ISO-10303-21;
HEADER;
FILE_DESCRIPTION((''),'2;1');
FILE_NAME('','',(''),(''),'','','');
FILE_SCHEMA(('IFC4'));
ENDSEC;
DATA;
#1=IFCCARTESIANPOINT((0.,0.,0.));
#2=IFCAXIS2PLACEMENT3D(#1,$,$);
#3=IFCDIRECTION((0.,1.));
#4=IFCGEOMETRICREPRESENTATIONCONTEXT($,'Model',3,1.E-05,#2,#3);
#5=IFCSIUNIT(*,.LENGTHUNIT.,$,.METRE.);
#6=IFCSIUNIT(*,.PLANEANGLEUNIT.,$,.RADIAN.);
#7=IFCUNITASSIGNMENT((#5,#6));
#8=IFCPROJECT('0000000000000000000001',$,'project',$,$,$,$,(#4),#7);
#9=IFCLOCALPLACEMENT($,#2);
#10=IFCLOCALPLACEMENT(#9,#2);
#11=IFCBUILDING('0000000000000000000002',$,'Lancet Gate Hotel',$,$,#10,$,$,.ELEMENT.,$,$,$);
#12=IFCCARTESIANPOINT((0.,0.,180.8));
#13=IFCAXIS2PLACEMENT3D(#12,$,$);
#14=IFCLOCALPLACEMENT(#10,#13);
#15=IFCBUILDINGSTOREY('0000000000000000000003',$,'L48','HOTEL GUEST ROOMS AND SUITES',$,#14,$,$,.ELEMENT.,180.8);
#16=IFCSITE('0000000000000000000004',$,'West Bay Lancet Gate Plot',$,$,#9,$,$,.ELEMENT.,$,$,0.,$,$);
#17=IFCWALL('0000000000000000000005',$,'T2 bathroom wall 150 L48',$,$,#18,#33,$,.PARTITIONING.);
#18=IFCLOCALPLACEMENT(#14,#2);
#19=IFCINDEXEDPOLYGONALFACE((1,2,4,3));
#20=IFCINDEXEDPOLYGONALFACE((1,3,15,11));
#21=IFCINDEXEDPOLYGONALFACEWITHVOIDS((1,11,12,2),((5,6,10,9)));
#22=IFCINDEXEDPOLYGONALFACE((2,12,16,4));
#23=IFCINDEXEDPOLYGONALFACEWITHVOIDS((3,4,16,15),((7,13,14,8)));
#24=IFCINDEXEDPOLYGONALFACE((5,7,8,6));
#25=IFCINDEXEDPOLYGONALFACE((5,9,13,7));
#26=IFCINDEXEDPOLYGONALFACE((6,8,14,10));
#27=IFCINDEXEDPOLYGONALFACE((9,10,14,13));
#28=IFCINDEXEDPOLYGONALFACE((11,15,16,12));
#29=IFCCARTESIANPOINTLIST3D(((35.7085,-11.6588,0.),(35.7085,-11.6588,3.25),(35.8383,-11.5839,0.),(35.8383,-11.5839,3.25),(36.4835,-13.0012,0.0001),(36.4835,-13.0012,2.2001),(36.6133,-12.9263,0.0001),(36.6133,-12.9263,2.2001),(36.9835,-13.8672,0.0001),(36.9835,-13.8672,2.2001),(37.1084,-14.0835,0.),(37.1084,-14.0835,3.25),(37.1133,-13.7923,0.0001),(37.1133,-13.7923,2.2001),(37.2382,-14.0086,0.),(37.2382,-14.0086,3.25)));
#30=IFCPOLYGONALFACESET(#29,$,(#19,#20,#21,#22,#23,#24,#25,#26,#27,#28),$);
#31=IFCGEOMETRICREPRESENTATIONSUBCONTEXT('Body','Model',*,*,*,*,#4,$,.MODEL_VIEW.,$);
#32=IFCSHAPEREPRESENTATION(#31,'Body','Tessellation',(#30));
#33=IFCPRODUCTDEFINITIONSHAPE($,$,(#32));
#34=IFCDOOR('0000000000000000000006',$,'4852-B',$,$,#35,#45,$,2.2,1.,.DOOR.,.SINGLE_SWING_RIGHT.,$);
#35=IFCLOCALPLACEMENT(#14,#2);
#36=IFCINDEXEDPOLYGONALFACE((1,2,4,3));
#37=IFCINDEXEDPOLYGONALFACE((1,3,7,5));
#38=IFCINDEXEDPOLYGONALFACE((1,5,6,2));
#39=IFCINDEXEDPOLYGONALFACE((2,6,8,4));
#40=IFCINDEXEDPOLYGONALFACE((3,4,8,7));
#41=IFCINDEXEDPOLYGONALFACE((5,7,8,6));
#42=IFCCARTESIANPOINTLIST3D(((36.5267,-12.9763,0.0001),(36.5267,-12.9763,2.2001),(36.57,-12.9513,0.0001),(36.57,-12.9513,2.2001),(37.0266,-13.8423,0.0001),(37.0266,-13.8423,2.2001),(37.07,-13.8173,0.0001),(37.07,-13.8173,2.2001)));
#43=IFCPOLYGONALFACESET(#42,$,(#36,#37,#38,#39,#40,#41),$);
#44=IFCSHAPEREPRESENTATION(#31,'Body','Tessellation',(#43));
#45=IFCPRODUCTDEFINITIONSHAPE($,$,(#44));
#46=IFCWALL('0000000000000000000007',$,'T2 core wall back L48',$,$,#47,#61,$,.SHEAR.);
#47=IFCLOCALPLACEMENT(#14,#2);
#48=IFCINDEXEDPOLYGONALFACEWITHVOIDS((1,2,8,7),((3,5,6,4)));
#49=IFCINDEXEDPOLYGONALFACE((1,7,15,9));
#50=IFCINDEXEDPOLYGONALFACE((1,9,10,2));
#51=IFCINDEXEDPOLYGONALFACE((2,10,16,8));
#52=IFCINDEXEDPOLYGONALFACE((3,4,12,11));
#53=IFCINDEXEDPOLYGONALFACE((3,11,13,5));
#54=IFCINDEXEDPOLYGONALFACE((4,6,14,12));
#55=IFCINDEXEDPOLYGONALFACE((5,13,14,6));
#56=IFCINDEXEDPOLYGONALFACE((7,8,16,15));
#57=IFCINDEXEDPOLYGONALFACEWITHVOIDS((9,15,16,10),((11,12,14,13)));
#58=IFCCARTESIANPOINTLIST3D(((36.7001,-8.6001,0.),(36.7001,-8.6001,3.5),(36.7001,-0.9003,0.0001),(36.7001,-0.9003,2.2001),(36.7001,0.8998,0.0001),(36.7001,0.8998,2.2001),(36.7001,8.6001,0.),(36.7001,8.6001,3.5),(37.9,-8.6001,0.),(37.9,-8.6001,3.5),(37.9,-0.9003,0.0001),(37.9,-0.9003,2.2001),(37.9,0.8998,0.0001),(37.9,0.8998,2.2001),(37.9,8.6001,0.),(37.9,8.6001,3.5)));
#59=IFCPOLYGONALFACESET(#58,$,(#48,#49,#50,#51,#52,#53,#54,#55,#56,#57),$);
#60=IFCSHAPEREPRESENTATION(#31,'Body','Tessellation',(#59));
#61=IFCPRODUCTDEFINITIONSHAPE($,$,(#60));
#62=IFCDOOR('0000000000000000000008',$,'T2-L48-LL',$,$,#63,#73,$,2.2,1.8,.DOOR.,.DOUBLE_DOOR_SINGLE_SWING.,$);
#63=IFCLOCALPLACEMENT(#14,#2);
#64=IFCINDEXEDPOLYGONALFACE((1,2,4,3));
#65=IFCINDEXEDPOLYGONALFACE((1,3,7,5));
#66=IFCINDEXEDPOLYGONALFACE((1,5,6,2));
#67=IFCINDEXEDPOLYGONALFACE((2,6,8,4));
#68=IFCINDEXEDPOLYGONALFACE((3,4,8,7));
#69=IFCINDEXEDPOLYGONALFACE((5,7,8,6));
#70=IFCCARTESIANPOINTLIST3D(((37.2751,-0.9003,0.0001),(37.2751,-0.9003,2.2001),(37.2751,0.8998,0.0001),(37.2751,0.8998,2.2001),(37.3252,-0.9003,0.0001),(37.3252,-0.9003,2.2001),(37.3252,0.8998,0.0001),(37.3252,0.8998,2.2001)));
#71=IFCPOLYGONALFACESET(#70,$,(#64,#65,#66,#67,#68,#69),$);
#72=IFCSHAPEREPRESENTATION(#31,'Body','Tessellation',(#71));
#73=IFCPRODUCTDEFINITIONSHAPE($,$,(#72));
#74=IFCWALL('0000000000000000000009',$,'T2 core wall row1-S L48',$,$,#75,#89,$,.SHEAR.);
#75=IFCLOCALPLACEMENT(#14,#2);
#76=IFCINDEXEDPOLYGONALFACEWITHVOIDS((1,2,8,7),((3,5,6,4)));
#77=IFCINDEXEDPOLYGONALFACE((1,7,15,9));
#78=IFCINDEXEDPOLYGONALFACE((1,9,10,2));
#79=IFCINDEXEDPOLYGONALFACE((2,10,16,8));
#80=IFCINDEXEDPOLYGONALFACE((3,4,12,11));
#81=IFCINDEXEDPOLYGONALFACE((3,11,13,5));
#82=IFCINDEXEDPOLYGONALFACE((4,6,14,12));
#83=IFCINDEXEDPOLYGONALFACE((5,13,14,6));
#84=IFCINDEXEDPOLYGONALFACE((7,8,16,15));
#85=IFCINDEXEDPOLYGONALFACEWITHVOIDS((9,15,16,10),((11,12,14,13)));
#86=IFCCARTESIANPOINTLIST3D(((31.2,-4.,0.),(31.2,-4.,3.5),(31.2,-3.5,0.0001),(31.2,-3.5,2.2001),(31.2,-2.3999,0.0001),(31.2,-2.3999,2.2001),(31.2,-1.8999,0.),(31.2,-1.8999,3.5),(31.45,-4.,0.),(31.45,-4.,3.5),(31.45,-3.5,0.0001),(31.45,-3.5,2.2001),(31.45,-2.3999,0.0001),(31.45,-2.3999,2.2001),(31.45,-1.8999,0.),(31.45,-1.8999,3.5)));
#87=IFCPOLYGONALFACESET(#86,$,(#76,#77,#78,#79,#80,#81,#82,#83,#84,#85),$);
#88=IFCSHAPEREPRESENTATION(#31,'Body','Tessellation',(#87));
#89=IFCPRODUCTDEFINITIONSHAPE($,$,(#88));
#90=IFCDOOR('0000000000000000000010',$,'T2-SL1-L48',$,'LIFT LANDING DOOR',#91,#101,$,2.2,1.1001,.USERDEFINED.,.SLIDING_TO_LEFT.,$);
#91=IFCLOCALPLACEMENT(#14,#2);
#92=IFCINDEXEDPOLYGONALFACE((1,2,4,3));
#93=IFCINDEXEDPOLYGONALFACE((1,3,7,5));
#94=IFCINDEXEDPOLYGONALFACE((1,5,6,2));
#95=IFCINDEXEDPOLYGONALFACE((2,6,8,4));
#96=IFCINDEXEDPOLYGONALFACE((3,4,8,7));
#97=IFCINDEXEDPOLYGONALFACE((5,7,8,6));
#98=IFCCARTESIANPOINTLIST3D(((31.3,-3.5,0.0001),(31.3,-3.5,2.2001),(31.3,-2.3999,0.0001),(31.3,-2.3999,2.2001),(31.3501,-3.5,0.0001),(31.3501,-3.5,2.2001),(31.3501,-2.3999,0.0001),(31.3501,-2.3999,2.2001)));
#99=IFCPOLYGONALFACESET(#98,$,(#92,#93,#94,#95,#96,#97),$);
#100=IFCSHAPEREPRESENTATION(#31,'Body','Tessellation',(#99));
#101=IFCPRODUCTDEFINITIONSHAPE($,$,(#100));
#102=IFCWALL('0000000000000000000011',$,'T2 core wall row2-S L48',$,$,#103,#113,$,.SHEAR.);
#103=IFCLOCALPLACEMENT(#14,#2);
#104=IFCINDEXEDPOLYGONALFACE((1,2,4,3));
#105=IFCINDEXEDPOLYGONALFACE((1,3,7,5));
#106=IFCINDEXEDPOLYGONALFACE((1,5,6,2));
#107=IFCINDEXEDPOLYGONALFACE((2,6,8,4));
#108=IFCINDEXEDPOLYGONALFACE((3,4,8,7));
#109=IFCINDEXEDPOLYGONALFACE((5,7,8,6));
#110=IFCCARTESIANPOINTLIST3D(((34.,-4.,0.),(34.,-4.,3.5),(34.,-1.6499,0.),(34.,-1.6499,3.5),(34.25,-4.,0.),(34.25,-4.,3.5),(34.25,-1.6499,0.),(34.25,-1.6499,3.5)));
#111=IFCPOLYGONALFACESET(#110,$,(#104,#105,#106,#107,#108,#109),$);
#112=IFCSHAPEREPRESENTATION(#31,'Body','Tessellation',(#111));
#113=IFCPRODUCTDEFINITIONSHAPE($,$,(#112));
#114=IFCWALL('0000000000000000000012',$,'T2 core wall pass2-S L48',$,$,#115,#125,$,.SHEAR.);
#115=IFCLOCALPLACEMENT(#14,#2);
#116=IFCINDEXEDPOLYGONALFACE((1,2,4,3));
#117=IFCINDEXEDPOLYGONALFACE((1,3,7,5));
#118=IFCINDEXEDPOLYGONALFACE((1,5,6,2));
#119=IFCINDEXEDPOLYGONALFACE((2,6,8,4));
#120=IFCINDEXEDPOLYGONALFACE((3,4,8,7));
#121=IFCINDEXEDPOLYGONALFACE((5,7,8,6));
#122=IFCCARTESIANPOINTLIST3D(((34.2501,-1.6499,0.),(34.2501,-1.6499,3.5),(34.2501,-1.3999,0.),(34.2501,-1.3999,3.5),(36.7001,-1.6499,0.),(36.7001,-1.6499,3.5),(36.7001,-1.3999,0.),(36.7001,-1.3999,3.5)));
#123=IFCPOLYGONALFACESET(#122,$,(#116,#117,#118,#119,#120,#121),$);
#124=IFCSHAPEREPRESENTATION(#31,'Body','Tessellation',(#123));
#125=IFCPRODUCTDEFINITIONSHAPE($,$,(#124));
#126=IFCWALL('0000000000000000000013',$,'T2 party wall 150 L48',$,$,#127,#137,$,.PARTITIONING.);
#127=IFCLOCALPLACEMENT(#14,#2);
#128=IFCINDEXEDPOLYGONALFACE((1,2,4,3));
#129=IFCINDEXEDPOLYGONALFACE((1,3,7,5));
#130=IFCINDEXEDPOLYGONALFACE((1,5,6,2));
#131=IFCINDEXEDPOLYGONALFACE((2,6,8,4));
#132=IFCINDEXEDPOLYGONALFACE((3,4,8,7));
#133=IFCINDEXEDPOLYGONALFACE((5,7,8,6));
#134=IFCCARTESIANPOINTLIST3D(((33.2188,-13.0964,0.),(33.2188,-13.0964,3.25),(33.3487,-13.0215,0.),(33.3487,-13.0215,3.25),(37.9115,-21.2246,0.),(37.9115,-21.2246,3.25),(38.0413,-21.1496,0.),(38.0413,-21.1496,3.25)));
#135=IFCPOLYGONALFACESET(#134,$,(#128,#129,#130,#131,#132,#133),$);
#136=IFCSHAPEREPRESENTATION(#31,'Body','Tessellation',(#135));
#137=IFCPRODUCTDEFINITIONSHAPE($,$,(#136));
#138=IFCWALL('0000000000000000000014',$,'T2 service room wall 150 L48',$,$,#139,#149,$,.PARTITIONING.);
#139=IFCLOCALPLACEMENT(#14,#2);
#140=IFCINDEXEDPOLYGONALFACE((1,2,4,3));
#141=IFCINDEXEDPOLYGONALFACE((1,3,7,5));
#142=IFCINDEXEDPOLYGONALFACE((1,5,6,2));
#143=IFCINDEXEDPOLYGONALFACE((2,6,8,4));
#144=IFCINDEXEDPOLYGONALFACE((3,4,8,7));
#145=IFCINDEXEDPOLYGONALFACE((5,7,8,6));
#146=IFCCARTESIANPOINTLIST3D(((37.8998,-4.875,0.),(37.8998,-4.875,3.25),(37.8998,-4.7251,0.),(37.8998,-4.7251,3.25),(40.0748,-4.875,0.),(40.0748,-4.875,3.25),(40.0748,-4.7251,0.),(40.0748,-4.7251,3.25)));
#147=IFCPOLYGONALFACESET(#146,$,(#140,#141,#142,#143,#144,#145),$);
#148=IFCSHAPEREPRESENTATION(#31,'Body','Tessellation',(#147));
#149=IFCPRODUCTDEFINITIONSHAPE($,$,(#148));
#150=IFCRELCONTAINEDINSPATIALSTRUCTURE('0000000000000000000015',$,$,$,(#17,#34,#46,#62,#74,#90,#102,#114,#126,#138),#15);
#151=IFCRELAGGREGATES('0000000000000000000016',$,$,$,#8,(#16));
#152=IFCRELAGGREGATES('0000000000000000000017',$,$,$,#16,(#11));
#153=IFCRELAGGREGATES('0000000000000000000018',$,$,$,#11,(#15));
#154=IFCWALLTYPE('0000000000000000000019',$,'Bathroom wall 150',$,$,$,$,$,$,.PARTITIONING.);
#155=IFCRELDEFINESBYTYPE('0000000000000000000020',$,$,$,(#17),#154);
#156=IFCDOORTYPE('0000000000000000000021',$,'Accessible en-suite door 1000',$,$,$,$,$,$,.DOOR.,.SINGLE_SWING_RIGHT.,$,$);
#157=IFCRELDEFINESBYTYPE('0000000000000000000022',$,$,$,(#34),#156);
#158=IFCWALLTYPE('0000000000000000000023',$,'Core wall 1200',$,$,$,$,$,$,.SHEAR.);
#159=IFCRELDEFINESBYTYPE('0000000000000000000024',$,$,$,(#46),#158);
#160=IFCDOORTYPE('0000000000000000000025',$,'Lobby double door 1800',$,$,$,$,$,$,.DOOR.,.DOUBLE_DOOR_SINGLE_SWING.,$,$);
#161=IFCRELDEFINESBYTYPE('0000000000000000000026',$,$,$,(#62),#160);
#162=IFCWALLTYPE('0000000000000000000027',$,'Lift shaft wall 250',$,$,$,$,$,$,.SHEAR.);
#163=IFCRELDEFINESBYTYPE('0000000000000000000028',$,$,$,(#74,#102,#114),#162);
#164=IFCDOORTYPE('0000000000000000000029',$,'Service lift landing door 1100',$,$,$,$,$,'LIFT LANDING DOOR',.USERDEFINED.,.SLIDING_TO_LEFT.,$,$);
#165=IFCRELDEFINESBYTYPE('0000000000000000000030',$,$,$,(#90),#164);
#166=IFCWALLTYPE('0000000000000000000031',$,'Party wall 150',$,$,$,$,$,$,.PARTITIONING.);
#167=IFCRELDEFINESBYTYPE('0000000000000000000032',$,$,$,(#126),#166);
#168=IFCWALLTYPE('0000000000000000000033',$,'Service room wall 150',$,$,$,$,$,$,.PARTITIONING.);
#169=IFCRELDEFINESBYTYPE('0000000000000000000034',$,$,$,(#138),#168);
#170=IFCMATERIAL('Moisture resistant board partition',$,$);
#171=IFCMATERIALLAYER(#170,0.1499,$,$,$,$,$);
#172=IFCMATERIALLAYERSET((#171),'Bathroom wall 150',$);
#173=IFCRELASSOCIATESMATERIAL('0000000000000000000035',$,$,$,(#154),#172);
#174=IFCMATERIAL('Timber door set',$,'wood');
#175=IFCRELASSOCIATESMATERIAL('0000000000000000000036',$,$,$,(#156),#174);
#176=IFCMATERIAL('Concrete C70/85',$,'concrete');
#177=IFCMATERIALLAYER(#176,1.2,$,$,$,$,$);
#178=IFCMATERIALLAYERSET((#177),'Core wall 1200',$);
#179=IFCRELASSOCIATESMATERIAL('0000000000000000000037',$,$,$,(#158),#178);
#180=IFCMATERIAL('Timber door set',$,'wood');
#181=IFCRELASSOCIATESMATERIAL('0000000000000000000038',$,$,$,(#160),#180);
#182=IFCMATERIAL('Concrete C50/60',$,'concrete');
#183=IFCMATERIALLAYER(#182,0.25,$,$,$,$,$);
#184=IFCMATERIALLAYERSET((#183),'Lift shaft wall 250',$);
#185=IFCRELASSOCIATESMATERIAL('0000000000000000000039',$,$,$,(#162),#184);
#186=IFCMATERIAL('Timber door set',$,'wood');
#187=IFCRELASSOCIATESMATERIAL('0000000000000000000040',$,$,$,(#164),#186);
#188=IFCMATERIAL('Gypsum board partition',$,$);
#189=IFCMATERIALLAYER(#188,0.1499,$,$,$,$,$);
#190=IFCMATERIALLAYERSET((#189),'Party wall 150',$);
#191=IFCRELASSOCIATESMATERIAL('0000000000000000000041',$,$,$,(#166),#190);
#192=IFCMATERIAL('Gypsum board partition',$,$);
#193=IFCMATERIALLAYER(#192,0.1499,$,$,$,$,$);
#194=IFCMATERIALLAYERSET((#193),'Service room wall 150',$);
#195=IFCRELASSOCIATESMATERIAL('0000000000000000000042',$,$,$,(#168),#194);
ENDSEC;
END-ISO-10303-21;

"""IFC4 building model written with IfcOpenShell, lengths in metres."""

from ifc_helpers import new_model, si_unit, direction, frame, frame_2d, origin, place, context, subcontext, project, spatial, rectangle, extrude, material, layer, layer_set, type_object, element, fill, save


model = new_model("IFC4")

# Units and contexts
model_context = context("Model", 3, precision=1e-05, world=origin(), true_north=direction((0.0, 1.0)))
body_context = subcontext(model_context, "Body", "Model", "MODEL_VIEW")
ifc_project = project(units=[si_unit("LENGTHUNIT", "METRE"), si_unit("PLANEANGLEUNIT", "RADIAN")], contexts=[model_context])

# Site, building, storey
site_placement = place(None, origin())
site = spatial("IfcSite", under=ifc_project, at=site_placement, Name="West Bay Lancet Gate Plot", CompositionType="ELEMENT", RefElevation=0.0)
building_placement = place(site_placement, origin())
building = spatial("IfcBuilding", under=site, at=building_placement, Name="Lancet Gate Hotel", CompositionType="ELEMENT")
storey_placement = place(building_placement, frame((0.0, 0.0, 180.8)))
storey = spatial("IfcBuildingStorey", under=building, at=storey_placement, Name="L48", Description="HOTEL GUEST ROOMS AND SUITES", CompositionType="ELEMENT", Elevation=180.8)

# Walls, openings, doors
ifc_material_1 = material(Name="Moisture resistant board partition")
ifc_layer_1 = layer(ifc_material_1, 0.1499)
ifc_layer_set_1 = layer_set([ifc_layer_1], Name="Bathroom wall 150")
wall_type_1 = type_object("IfcWallType", Name="Bathroom wall 150", PredefinedType="PARTITIONING", material=ifc_layer_set_1)
wall_1_placement = place(storey_placement, frame((35.7734, -11.6213, 0.0), z_axis=(0.0, 0.0, 1.0), x_axis=(0.499984, -0.866035, 0.0)))
wall_1 = element("IfcWall", 1, at=wall_1_placement, inside=storey, type_object=wall_type_1, Name="T2 bathroom wall 150 L48", PredefinedType="PARTITIONING", context=body_context, shape_type="SweptSolid", body=[
    extrude(rectangle(XDim=2.7998, YDim=0.1499, at=frame_2d((1.3999, 0.0))), origin(), (0.0, 0.0, 1.0), 3.25),
])
opening_1_placement = place(wall_1_placement, frame((1.55, 0.0, 0.0)))
opening_1 = element("IfcOpeningElement", 2, at=opening_1_placement, cuts=wall_1, PredefinedType="OPENING", context=body_context, shape_type="SweptSolid", body=[
    extrude(rectangle(XDim=1.0, YDim=2.2, at=frame_2d((0.5, 1.1001))), frame((0.0, 0.085, 0.0), z_axis=(0.0, -1.0, 0.0), x_axis=(1.0, 0.0, 0.0)), (0.0, 0.0, 1.0), 0.1699),
])
ifc_material_2 = material(Name="Timber door set", Category="wood")
door_type_1 = type_object("IfcDoorType", Name="Accessible en-suite door 1000", OperationType="SINGLE_SWING_RIGHT", PredefinedType="DOOR", material=ifc_material_2)
door_1_placement = place(opening_1_placement, origin())
door_1 = element("IfcDoor", 3, at=door_1_placement, inside=storey, type_object=door_type_1, Name="4852-B", OperationType="SINGLE_SWING_RIGHT", OverallHeight=2.2, OverallWidth=1.0, PredefinedType="DOOR", context=body_context, shape_type="SweptSolid", body=[
    extrude(rectangle(XDim=1.0, YDim=2.2, at=frame_2d((0.5, 1.1001))), frame((0.0, 0.0249, 0.0), z_axis=(0.0, -1.0, 0.0), x_axis=(1.0, 0.0, 0.0)), (0.0, 0.0, 1.0), 0.05),
])
fill(opening_1, door_1)
ifc_material_3 = material(Name="Concrete C70/85", Category="concrete")
ifc_layer_2 = layer(ifc_material_3, 1.2)
ifc_layer_set_2 = layer_set([ifc_layer_2], Name="Core wall 1200")
wall_type_2 = type_object("IfcWallType", Name="Core wall 1200", PredefinedType="SHEAR", material=ifc_layer_set_2)
wall_2_placement = place(storey_placement, frame((37.3, -8.6001, 0.0), z_axis=(0.0, 0.0, 1.0), x_axis=(0.0, 1.0, 0.0)))
wall_2 = element("IfcWall", 4, at=wall_2_placement, inside=storey, type_object=wall_type_2, Name="T2 core wall back L48", PredefinedType="SHEAR", context=body_context, shape_type="SweptSolid", body=[
    extrude(rectangle(XDim=17.2002, YDim=1.2, at=frame_2d((8.6001, 0.0))), origin(), (0.0, 0.0, 1.0), 3.5),
])
opening_2_placement = place(wall_2_placement, frame((7.7, 0.0, 0.0)))
opening_2 = element("IfcOpeningElement", 5, at=opening_2_placement, cuts=wall_2, PredefinedType="OPENING", context=body_context, shape_type="SweptSolid", body=[
    extrude(rectangle(XDim=1.8, YDim=2.2, at=frame_2d((0.8999, 1.1001))), frame((0.0, 0.6099, 0.0), z_axis=(0.0, -1.0, 0.0), x_axis=(1.0, 0.0, 0.0)), (0.0, 0.0, 1.0), 1.22),
])
ifc_material_4 = material(Name="Timber door set", Category="wood")
door_type_2 = type_object("IfcDoorType", Name="Lobby double door 1800", OperationType="DOUBLE_DOOR_SINGLE_SWING", PredefinedType="DOOR", material=ifc_material_4)
door_2_placement = place(opening_2_placement, origin())
door_2 = element("IfcDoor", 6, at=door_2_placement, inside=storey, type_object=door_type_2, Name="T2-L48-LL", OperationType="DOUBLE_DOOR_SINGLE_SWING", OverallHeight=2.2, OverallWidth=1.8, PredefinedType="DOOR", context=body_context, shape_type="SweptSolid", body=[
    extrude(rectangle(XDim=1.8, YDim=2.2, at=frame_2d((0.8999, 1.1001))), frame((0.0, 0.0249, 0.0), z_axis=(0.0, -1.0, 0.0), x_axis=(1.0, 0.0, 0.0)), (0.0, 0.0, 1.0), 0.05),
])
fill(opening_2, door_2)
ifc_material_5 = material(Name="Concrete C50/60", Category="concrete")
ifc_layer_3 = layer(ifc_material_5, 0.25)
ifc_layer_set_3 = layer_set([ifc_layer_3], Name="Lift shaft wall 250")
wall_type_3 = type_object("IfcWallType", Name="Lift shaft wall 250", PredefinedType="SHEAR", material=ifc_layer_set_3)
wall_3_placement = place(storey_placement, frame((31.325, -4.0, 0.0), z_axis=(0.0, 0.0, 1.0), x_axis=(0.0, 1.0, 0.0)))
wall_3 = element("IfcWall", 7, at=wall_3_placement, inside=storey, type_object=wall_type_3, Name="T2 core wall row1-S L48", PredefinedType="SHEAR", context=body_context, shape_type="SweptSolid", body=[
    extrude(rectangle(XDim=2.1001, YDim=0.25, at=frame_2d((1.05, 0.0))), origin(), (0.0, 0.0, 1.0), 3.5),
])
opening_3_placement = place(wall_3_placement, frame((0.5, 0.0, 0.0)))
opening_3 = element("IfcOpeningElement", 8, at=opening_3_placement, cuts=wall_3, PredefinedType="OPENING", context=body_context, shape_type="SweptSolid", body=[
    extrude(rectangle(XDim=1.1001, YDim=2.2, at=frame_2d((0.55, 1.1001))), frame((0.0, 0.135, 0.0), z_axis=(0.0, -1.0, 0.0), x_axis=(1.0, 0.0, 0.0)), (0.0, 0.0, 1.0), 0.27),
])
ifc_material_6 = material(Name="Timber door set", Category="wood")
door_type_3 = type_object("IfcDoorType", Name="Service lift landing door 1100", ElementType="LIFT LANDING DOOR", OperationType="SLIDING_TO_LEFT", PredefinedType="USERDEFINED", material=ifc_material_6)
door_3_placement = place(opening_3_placement, origin())
door_3 = element("IfcDoor", 9, at=door_3_placement, inside=storey, type_object=door_type_3, Name="T2-SL1-L48", ObjectType="LIFT LANDING DOOR", OperationType="SLIDING_TO_LEFT", OverallHeight=2.2, OverallWidth=1.1001, PredefinedType="USERDEFINED", context=body_context, shape_type="SweptSolid", body=[
    extrude(rectangle(XDim=1.1001, YDim=2.2, at=frame_2d((0.55, 1.1001))), frame((0.0, 0.0249, 0.0), z_axis=(0.0, -1.0, 0.0), x_axis=(1.0, 0.0, 0.0)), (0.0, 0.0, 1.0), 0.05),
])
fill(opening_3, door_3)

# Walls
wall_4_placement = place(storey_placement, frame((34.125, -4.0, 0.0), z_axis=(0.0, 0.0, 1.0), x_axis=(0.0, 1.0, 0.0)))
element("IfcWall", 10, at=wall_4_placement, inside=storey, type_object=wall_type_3, Name="T2 core wall row2-S L48", PredefinedType="SHEAR", context=body_context, shape_type="SweptSolid", body=[
    extrude(rectangle(XDim=2.3501, YDim=0.25, at=frame_2d((1.175, 0.0))), origin(), (0.0, 0.0, 1.0), 3.5),
])
wall_5_placement = place(storey_placement, frame((34.25, -1.5249, 0.0), z_axis=(0.0, 0.0, 1.0), x_axis=(1.0, 0.0, 0.0)))
element("IfcWall", 11, at=wall_5_placement, inside=storey, type_object=wall_type_3, Name="T2 core wall pass2-S L48", PredefinedType="SHEAR", context=body_context, shape_type="SweptSolid", body=[
    extrude(rectangle(XDim=2.45, YDim=0.25, at=frame_2d((1.2251, 0.0))), origin(), (0.0, 0.0, 1.0), 3.5),
])
ifc_material_7 = material(Name="Gypsum board partition")
ifc_layer_4 = layer(ifc_material_7, 0.1499)
ifc_layer_set_4 = layer_set([ifc_layer_4], Name="Party wall 150")
wall_type_4 = type_object("IfcWallType", Name="Party wall 150", PredefinedType="PARTITIONING", material=ifc_layer_set_4)
wall_6_placement = place(storey_placement, frame((33.2837, -13.0588, 0.0), z_axis=(0.0, 0.0, 1.0), x_axis=(0.499986, -0.866034, 0.0)))
element("IfcWall", 12, at=wall_6_placement, inside=storey, type_object=wall_type_4, Name="T2 party wall 150 L48", PredefinedType="PARTITIONING", context=body_context, shape_type="SweptSolid", body=[
    extrude(rectangle(XDim=9.3855, YDim=0.1499, at=frame_2d((4.6929, 0.0))), origin(), (0.0, 0.0, 1.0), 3.25),
])
ifc_material_8 = material(Name="Gypsum board partition")
ifc_layer_5 = layer(ifc_material_8, 0.1499)
ifc_layer_set_5 = layer_set([ifc_layer_5], Name="Service room wall 150")
wall_type_5 = type_object("IfcWallType", Name="Service room wall 150", PredefinedType="PARTITIONING", material=ifc_layer_set_5)
wall_7_placement = place(storey_placement, frame((37.8999, -4.8, 0.0), z_axis=(0.0, 0.0, 1.0), x_axis=(1.0, 0.0, 0.0)))
element("IfcWall", 13, at=wall_7_placement, inside=storey, type_object=wall_type_5, Name="T2 service room wall 150 L48", PredefinedType="PARTITIONING", context=body_context, shape_type="SweptSolid", body=[
    extrude(rectangle(XDim=2.175, YDim=0.1499, at=frame_2d((1.0874, 0.0))), origin(), (0.0, 0.0, 1.0), 3.25),
])

save(model, "model.ifc")
